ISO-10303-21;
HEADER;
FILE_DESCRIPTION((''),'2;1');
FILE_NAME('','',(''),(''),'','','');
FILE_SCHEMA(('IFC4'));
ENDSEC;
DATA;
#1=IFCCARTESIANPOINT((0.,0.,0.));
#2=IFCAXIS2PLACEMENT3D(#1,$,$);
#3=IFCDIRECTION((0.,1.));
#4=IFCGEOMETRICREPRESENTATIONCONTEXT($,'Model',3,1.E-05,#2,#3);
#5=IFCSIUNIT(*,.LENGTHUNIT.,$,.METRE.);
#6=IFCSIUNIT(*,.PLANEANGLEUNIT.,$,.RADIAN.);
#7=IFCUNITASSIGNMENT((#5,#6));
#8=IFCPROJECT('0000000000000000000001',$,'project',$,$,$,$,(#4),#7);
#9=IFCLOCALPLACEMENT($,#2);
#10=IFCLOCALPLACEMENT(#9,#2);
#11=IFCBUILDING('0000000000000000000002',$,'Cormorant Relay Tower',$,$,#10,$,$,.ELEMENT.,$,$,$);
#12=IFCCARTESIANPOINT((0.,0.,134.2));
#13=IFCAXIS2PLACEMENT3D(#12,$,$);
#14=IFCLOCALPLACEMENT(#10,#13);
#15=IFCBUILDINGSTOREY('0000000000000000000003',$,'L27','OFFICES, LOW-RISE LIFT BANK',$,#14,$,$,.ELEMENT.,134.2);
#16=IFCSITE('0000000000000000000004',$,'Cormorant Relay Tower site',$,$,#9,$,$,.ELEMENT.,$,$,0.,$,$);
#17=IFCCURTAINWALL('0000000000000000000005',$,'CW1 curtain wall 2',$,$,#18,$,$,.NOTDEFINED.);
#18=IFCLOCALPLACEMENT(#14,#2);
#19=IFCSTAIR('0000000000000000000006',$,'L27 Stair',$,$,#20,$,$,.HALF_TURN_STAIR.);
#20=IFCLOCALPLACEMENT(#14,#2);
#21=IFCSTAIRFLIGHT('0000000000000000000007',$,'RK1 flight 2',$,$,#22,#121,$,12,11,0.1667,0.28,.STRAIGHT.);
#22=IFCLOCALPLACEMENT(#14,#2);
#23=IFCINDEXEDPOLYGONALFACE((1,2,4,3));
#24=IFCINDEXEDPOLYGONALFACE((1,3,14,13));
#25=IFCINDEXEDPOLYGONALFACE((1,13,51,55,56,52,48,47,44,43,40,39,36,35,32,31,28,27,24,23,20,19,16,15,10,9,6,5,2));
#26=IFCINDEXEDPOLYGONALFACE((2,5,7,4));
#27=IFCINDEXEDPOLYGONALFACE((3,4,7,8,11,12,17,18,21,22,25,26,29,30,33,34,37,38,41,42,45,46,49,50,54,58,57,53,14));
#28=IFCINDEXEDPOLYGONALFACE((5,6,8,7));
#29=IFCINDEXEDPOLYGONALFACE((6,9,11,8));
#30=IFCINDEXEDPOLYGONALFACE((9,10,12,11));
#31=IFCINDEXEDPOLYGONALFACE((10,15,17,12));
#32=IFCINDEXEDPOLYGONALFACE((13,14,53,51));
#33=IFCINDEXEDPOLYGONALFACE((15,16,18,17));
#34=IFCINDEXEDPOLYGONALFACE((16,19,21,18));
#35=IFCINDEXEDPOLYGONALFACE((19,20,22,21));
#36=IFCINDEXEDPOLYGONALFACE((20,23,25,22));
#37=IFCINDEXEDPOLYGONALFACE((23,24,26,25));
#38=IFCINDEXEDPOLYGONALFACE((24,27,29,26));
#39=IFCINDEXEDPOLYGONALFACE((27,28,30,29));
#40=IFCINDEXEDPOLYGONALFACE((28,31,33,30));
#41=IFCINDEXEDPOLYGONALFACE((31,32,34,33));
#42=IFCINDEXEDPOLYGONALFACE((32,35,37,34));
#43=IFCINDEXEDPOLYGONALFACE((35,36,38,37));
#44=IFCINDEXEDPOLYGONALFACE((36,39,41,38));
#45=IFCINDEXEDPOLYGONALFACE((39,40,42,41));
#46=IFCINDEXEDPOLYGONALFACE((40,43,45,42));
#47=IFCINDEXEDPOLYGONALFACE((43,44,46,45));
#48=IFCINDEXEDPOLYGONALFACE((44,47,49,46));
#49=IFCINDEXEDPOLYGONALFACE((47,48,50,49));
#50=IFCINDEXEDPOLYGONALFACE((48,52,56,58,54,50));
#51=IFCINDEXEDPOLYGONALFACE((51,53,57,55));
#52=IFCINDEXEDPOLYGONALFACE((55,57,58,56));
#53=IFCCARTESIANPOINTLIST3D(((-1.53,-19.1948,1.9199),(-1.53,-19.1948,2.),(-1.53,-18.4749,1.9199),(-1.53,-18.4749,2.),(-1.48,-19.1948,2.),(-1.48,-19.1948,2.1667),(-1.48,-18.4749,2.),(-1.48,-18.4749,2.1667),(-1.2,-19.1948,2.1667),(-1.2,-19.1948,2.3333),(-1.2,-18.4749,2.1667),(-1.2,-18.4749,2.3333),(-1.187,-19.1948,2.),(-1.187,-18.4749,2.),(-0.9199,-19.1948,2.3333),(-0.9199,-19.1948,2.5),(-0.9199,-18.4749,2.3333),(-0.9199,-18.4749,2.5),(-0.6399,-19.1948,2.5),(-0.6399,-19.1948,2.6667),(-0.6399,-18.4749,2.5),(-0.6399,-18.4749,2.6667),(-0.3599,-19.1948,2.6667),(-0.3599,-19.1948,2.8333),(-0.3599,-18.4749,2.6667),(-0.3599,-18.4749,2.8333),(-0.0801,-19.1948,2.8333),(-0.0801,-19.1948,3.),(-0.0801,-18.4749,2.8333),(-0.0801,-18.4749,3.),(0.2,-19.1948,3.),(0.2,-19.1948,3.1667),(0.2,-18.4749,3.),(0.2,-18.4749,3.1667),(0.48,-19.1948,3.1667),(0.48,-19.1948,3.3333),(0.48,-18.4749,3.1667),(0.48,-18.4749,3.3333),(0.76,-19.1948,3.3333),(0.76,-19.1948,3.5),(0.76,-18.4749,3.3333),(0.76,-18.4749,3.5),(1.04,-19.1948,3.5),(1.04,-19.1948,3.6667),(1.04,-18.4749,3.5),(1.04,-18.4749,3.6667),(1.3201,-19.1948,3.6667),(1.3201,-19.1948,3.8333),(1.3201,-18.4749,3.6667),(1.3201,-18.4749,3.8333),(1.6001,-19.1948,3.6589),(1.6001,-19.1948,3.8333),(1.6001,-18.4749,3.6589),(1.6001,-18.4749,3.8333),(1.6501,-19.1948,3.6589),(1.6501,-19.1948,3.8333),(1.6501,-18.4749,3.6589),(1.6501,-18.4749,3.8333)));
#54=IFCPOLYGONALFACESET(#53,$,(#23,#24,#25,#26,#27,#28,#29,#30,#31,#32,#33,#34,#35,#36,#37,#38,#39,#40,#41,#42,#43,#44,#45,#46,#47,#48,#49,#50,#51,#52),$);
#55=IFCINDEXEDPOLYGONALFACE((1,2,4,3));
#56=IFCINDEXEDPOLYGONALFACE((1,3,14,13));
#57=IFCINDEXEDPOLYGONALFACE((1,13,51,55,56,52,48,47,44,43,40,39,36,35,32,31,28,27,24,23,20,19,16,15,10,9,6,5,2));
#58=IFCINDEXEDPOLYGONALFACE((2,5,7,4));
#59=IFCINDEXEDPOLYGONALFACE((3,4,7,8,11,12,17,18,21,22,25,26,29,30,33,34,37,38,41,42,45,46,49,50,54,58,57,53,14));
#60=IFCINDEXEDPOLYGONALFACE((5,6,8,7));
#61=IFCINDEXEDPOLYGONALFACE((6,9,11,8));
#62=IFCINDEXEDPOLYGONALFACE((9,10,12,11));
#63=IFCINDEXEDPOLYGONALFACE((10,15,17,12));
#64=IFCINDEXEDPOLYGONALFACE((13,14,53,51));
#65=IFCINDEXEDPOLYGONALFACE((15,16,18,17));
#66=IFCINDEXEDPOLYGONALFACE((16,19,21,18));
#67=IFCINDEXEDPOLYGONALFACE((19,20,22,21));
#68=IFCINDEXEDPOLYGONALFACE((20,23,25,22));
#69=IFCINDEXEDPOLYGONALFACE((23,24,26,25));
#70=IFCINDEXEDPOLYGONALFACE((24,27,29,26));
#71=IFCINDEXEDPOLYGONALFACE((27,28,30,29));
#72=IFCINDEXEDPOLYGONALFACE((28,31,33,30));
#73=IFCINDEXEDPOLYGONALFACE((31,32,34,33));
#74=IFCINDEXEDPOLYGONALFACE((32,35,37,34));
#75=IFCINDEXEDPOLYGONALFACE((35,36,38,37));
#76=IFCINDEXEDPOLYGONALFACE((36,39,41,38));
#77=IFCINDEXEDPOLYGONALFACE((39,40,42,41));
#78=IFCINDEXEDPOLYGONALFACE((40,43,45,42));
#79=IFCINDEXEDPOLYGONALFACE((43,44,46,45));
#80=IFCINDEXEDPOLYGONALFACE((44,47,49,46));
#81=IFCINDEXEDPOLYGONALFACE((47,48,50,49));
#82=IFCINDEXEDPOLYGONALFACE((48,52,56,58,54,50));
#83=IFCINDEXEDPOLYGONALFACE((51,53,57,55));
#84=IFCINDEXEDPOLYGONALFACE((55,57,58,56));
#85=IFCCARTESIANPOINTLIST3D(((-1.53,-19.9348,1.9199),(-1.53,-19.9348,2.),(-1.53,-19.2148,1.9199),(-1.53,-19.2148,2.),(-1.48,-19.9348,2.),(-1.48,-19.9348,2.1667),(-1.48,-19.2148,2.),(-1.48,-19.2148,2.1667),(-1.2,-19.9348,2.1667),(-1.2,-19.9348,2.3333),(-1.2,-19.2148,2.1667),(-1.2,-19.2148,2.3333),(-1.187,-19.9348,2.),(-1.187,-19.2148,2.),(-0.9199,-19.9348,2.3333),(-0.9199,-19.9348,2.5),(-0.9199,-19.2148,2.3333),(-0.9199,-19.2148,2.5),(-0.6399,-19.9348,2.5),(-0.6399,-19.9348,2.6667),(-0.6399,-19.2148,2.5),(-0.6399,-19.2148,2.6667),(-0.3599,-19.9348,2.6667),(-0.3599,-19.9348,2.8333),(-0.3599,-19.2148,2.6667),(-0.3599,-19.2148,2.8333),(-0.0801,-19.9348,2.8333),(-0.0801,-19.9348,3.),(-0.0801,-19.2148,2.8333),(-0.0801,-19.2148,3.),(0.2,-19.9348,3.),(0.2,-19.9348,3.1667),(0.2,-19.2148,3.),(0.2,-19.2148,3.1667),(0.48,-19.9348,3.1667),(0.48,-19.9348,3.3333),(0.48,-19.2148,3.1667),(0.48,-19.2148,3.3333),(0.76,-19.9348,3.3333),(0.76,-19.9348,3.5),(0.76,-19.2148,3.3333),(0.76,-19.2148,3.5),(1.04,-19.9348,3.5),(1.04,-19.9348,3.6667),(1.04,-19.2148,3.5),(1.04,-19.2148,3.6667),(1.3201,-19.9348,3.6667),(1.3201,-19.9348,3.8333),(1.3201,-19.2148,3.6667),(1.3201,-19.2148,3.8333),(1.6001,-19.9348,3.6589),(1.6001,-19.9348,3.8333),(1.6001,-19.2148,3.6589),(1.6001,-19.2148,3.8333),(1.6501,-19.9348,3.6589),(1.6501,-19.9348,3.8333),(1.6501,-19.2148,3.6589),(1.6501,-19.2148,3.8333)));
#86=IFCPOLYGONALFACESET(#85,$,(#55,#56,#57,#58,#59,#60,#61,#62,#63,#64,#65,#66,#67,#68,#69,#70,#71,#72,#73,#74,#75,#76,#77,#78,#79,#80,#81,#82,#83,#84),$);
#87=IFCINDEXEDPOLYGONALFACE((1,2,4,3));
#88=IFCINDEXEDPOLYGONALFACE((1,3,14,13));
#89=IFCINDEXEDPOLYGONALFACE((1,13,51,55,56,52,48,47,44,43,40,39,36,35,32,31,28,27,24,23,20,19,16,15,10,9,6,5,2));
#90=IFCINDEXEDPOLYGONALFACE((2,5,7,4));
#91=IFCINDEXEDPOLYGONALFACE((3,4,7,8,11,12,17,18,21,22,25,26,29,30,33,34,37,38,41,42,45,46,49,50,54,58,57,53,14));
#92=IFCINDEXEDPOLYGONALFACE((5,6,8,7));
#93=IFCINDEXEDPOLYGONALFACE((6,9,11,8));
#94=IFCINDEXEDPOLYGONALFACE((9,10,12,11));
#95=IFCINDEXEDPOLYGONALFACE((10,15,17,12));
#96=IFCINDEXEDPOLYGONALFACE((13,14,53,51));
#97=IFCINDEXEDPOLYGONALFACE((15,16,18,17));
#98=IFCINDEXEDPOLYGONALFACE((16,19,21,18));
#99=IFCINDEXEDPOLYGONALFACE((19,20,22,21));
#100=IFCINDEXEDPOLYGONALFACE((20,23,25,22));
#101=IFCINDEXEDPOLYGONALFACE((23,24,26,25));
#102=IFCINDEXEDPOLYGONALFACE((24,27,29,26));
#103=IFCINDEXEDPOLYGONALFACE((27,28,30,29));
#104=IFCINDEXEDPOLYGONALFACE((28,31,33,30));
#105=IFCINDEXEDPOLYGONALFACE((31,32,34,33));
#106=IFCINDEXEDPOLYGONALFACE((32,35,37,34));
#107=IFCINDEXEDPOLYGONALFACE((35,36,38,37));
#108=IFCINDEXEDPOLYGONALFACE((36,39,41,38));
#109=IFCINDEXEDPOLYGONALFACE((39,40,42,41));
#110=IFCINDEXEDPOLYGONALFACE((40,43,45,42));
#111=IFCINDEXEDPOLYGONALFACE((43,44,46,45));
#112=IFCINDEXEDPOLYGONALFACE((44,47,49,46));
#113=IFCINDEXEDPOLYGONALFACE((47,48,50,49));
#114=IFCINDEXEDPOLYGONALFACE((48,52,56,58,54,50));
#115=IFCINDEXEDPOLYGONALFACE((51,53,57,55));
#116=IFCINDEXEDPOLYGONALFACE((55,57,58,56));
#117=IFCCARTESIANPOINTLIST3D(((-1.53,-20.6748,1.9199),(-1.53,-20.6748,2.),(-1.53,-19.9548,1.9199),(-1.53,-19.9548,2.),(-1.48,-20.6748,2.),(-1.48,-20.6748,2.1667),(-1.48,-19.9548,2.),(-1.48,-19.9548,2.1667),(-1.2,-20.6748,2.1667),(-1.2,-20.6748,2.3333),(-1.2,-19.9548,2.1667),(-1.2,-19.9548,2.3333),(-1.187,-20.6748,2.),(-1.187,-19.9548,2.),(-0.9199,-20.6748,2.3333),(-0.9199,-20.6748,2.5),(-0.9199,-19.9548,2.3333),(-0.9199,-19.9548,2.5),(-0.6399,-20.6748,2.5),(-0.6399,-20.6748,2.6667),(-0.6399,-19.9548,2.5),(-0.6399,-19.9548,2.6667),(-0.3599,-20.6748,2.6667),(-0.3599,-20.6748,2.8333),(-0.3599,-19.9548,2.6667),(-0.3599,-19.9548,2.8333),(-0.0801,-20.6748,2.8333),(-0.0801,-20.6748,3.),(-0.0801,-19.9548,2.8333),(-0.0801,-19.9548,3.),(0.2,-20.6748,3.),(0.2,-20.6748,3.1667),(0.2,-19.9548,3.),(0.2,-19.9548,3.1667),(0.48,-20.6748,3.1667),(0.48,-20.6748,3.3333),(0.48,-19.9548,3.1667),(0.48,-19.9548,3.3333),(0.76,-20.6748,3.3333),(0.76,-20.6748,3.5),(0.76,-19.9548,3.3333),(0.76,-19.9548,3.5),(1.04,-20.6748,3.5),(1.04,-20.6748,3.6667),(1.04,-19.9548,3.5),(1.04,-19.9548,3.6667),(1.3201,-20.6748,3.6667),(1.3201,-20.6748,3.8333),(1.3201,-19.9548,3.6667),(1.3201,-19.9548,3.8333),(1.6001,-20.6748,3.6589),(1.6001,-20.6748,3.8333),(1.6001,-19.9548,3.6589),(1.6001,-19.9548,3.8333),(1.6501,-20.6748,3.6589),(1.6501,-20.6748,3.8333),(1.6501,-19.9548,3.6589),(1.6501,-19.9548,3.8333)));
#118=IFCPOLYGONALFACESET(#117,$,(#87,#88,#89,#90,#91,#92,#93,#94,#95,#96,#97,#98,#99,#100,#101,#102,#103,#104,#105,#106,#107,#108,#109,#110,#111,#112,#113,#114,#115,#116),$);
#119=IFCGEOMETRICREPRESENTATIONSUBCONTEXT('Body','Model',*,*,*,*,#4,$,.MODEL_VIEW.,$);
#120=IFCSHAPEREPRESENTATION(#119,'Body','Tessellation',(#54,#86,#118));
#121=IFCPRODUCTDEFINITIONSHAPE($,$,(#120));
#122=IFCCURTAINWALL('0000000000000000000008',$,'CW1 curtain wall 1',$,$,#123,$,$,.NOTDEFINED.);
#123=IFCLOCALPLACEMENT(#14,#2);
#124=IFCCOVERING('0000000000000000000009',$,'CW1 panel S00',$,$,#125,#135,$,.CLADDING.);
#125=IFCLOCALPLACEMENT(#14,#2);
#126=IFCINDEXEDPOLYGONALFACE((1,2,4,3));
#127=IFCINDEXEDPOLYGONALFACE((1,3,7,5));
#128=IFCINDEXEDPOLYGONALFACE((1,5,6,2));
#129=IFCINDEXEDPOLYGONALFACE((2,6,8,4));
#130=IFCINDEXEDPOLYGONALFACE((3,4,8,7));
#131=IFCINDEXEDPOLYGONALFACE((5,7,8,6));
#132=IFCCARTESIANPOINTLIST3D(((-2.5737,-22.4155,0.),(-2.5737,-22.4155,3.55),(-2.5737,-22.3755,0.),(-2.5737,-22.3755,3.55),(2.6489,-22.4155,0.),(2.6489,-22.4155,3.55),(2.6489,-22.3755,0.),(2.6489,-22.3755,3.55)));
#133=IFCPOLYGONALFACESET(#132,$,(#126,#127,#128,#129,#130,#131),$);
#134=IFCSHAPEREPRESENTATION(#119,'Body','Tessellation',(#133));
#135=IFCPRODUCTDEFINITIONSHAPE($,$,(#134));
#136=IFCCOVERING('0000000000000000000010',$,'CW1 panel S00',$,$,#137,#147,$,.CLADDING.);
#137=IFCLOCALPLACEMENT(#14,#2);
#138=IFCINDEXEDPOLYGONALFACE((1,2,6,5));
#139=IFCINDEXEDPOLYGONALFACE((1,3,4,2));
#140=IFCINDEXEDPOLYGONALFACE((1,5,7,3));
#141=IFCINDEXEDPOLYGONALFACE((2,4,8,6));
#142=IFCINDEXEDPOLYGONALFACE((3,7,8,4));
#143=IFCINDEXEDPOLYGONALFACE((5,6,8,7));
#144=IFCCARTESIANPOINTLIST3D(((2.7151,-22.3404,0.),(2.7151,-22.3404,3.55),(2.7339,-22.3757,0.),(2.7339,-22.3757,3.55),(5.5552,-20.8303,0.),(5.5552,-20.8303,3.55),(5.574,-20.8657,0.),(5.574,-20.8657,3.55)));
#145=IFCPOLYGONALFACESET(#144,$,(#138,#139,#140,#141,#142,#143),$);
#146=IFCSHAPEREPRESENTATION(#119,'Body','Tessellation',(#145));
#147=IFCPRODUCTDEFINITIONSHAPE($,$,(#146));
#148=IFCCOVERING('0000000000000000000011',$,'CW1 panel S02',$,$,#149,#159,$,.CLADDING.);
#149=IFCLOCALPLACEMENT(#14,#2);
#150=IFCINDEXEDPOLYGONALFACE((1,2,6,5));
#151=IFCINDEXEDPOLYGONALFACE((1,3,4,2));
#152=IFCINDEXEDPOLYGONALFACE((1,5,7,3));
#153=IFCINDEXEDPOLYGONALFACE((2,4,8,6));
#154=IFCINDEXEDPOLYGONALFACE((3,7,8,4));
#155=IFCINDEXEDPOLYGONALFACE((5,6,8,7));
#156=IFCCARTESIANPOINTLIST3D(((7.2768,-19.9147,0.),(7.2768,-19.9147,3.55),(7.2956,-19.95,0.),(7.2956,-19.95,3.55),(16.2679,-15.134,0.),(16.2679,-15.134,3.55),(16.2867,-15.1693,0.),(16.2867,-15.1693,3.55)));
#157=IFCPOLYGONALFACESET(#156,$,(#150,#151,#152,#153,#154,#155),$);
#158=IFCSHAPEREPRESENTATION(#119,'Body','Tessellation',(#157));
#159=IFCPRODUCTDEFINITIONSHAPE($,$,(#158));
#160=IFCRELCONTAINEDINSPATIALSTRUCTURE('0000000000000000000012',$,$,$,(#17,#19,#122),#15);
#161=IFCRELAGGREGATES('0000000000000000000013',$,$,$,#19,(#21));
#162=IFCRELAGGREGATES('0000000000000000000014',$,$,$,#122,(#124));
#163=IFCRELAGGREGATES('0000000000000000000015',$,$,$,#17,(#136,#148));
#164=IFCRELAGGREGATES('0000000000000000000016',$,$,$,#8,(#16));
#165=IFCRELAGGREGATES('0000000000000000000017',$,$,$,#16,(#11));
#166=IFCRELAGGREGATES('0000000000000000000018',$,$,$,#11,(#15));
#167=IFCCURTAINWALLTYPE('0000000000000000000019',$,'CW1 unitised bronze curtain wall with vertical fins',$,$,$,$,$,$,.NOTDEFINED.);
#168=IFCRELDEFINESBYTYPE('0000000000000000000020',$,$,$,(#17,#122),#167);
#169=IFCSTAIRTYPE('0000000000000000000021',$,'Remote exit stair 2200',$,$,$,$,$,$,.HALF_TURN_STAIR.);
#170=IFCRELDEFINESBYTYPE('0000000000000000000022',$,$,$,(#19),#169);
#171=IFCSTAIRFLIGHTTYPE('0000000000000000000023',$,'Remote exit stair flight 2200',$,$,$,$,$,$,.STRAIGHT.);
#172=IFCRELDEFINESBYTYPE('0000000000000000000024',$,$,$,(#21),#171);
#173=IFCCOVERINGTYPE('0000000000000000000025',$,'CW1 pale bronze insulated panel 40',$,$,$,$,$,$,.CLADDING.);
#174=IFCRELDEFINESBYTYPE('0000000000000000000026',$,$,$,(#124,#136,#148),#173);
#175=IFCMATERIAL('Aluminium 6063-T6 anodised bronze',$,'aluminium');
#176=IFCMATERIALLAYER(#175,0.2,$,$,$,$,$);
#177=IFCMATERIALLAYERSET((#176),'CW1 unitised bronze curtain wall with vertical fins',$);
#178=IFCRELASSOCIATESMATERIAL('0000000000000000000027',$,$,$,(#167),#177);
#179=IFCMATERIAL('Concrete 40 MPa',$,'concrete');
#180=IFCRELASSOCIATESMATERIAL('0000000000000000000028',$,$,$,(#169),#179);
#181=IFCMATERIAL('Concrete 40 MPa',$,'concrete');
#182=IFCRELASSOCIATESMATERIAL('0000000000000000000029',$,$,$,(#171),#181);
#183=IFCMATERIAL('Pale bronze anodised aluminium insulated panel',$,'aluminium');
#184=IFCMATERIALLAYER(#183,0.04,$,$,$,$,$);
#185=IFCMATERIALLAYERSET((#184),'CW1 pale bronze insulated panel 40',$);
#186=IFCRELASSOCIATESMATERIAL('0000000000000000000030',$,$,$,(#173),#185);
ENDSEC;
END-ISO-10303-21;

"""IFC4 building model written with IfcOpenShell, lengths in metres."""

from ifc_helpers import new_model, si_unit, direction, frame, origin, origin_2d, place, context, subcontext, project, spatial, polyline, rectangle, outline, extrude, material, layer, layer_set, type_object, element, aggregate, save


model = new_model("IFC4")

# Units and contexts
model_context = context("Model", 3, precision=1e-05, world=origin(), true_north=direction((0.0, 1.0)))
body_context = subcontext(model_context, "Body", "Model", "MODEL_VIEW")
ifc_project = project(units=[si_unit("LENGTHUNIT", "METRE"), si_unit("PLANEANGLEUNIT", "RADIAN")], contexts=[model_context])

# Site, building, storey
site_placement = place(None, origin())
site = spatial("IfcSite", under=ifc_project, at=site_placement, Name="Cormorant Relay Tower site", CompositionType="ELEMENT", RefElevation=0.0)
building_placement = place(site_placement, origin())
building = spatial("IfcBuilding", under=site, at=building_placement, Name="Cormorant Relay Tower", CompositionType="ELEMENT")
storey_placement = place(building_placement, frame((0.0, 0.0, 134.2)))
storey = spatial("IfcBuildingStorey", under=building, at=storey_placement, Name="L27", Description="OFFICES, LOW-RISE LIFT BANK", CompositionType="ELEMENT", Elevation=134.2)

# Curtain wall
ifc_material_1 = material(Name="Aluminium 6063-T6 anodised bronze", Category="aluminium")
ifc_layer_1 = layer(ifc_material_1, 0.2)
ifc_layer_set_1 = layer_set([ifc_layer_1], Name="CW1 unitised bronze curtain wall with vertical fins")
curtain_wall_type = type_object("IfcCurtainWallType", Name="CW1 unitised bronze curtain wall with vertical fins", PredefinedType="NOTDEFINED", material=ifc_layer_set_1)
curtain_wall_1_placement = place(storey_placement, origin())
curtain_wall_1 = element("IfcCurtainWall", 1, at=curtain_wall_1_placement, inside=storey, type_object=curtain_wall_type, Name="CW1 curtain wall 2", PredefinedType="NOTDEFINED")

# Stair, stair flight
ifc_material_2 = material(Name="Concrete 40 MPa", Category="concrete")
stair_type = type_object("IfcStairType", Name="Remote exit stair 2200", PredefinedType="HALF_TURN_STAIR", material=ifc_material_2)
stair_placement = place(storey_placement, origin())
stair = element("IfcStair", 2, at=stair_placement, inside=storey, type_object=stair_type, Name="L27 Stair", PredefinedType="HALF_TURN_STAIR")
ifc_material_3 = material(Name="Concrete 40 MPa", Category="concrete")
stair_flight_type = type_object("IfcStairFlightType", Name="Remote exit stair flight 2200", PredefinedType="STRAIGHT", material=ifc_material_3)
stair_flight_1_placement = place(storey_placement, frame((-1.48, -19.575, 2.0), z_axis=(0.0, 0.0, 1.0), x_axis=(1.0, 0.0, 0.0)))
stair_flight_1 = element("IfcStairFlight", 3, at=stair_flight_1_placement, type_object=stair_flight_type, Name="RK1 flight 2", NumberOfRisers=12, NumberOfTreads=11, PredefinedType="STRAIGHT", RiserHeight=0.1667, TreadLength=0.28, context=body_context, shape_type="SweptSolid", body=[
    extrude(outline(polyline([(-0.05, -0.0801), (-0.05, 0.0), (0.0, 0.0), (0.0, 0.1667), (0.28, 0.1667), (0.28, 0.3333), (0.5601, 0.3333), (0.5601, 0.5), (0.8401, 0.5), (0.8401, 0.6667), (1.1201, 0.6667), (1.1201, 0.8333), (1.3999, 0.8333), (1.3999, 1.0), (1.6799, 1.0), (1.6799, 1.1667), (1.96, 1.1667), (1.96, 1.3333), (2.24, 1.3333), (2.24, 1.5), (2.52, 1.5), (2.52, 1.6667), (2.8, 1.6667), (2.8, 1.8333), (3.0801, 1.8333), (3.1301, 1.8333), (3.1301, 1.6589), (3.0801, 1.6589), (0.293, 0.0), (-0.05, -0.0801)])), frame((0.0, 1.1001, 0.0), z_axis=(0.0, -1.0, 0.0), x_axis=(1.0, 0.0, 0.0)), (0.0, 0.0, 1.0), 0.72),
    extrude(outline(polyline([(-0.05, -0.0801), (-0.05, 0.0), (0.0, 0.0), (0.0, 0.1667), (0.28, 0.1667), (0.28, 0.3333), (0.5601, 0.3333), (0.5601, 0.5), (0.8401, 0.5), (0.8401, 0.6667), (1.1201, 0.6667), (1.1201, 0.8333), (1.3999, 0.8333), (1.3999, 1.0), (1.6799, 1.0), (1.6799, 1.1667), (1.96, 1.1667), (1.96, 1.3333), (2.24, 1.3333), (2.24, 1.5), (2.52, 1.5), (2.52, 1.6667), (2.8, 1.6667), (2.8, 1.8333), (3.0801, 1.8333), (3.1301, 1.8333), (3.1301, 1.6589), (3.0801, 1.6589), (0.293, 0.0), (-0.05, -0.0801)])), frame((0.0, 0.3601, 0.0), z_axis=(0.0, -1.0, 0.0), x_axis=(1.0, 0.0, 0.0)), (0.0, 0.0, 1.0), 0.72),
    extrude(outline(polyline([(-0.05, -0.0801), (-0.05, 0.0), (0.0, 0.0), (0.0, 0.1667), (0.28, 0.1667), (0.28, 0.3333), (0.5601, 0.3333), (0.5601, 0.5), (0.8401, 0.5), (0.8401, 0.6667), (1.1201, 0.6667), (1.1201, 0.8333), (1.3999, 0.8333), (1.3999, 1.0), (1.6799, 1.0), (1.6799, 1.1667), (1.96, 1.1667), (1.96, 1.3333), (2.24, 1.3333), (2.24, 1.5), (2.52, 1.5), (2.52, 1.6667), (2.8, 1.6667), (2.8, 1.8333), (3.0801, 1.8333), (3.1301, 1.8333), (3.1301, 1.6589), (3.0801, 1.6589), (0.293, 0.0), (-0.05, -0.0801)])), frame((0.0, -0.3799, 0.0), z_axis=(0.0, -1.0, 0.0), x_axis=(1.0, 0.0, 0.0)), (0.0, 0.0, 1.0), 0.72),
])
aggregate(stair, [stair_flight_1])

# Curtain wall, covering
curtain_wall_2_placement = place(storey_placement, origin())
curtain_wall_2 = element("IfcCurtainWall", 4, at=curtain_wall_2_placement, inside=storey, type_object=curtain_wall_type, Name="CW1 curtain wall 1", PredefinedType="NOTDEFINED")
ifc_material_4 = material(Name="Pale bronze anodised aluminium insulated panel", Category="aluminium")
ifc_layer_2 = layer(ifc_material_4, 0.04)
ifc_layer_set_2 = layer_set([ifc_layer_2], Name="CW1 pale bronze insulated panel 40")
covering_type = type_object("IfcCoveringType", Name="CW1 pale bronze insulated panel 40", PredefinedType="CLADDING", material=ifc_layer_set_2)
covering_1_placement = place(storey_placement, frame((0.0376, -22.3955, 0.0), z_axis=(0.0, 0.0, 1.0), x_axis=(1.0, 0.0, 0.0)))
covering_1 = element("IfcCovering", 5, at=covering_1_placement, type_object=covering_type, Name="CW1 panel S00", PredefinedType="CLADDING", context=body_context, shape_type="SweptSolid", body=[
    extrude(rectangle(XDim=5.2227, YDim=0.04, at=origin_2d()), origin(), (0.0, 0.0, 1.0), 3.55),
])
aggregate(curtain_wall_2, [covering_1])

# Coverings
covering_2_placement = place(storey_placement, frame((4.1445, -21.603, 0.0), z_axis=(0.0, 0.0, 1.0), x_axis=(0.882948, 0.469472, 0.0)))
covering_2 = element("IfcCovering", 6, at=covering_2_placement, type_object=covering_type, Name="CW1 panel S00", PredefinedType="CLADDING", context=body_context, shape_type="SweptSolid", body=[
    extrude(rectangle(XDim=3.2166, YDim=0.04, at=origin_2d()), origin(), (0.0, 0.0, 1.0), 3.55),
])
covering_3_placement = place(storey_placement, frame((11.7817, -17.542, 0.0), z_axis=(0.0, 0.0, 1.0), x_axis=(0.882948, 0.469472, 0.0)))
covering_3 = element("IfcCovering", 7, at=covering_3_placement, type_object=covering_type, Name="CW1 panel S02", PredefinedType="CLADDING", context=body_context, shape_type="SweptSolid", body=[
    extrude(rectangle(XDim=10.1831, YDim=0.04, at=origin_2d()), origin(), (0.0, 0.0, 1.0), 3.55),
])
aggregate(curtain_wall_1, [covering_2, covering_3])

save(model, "model.ifc")
